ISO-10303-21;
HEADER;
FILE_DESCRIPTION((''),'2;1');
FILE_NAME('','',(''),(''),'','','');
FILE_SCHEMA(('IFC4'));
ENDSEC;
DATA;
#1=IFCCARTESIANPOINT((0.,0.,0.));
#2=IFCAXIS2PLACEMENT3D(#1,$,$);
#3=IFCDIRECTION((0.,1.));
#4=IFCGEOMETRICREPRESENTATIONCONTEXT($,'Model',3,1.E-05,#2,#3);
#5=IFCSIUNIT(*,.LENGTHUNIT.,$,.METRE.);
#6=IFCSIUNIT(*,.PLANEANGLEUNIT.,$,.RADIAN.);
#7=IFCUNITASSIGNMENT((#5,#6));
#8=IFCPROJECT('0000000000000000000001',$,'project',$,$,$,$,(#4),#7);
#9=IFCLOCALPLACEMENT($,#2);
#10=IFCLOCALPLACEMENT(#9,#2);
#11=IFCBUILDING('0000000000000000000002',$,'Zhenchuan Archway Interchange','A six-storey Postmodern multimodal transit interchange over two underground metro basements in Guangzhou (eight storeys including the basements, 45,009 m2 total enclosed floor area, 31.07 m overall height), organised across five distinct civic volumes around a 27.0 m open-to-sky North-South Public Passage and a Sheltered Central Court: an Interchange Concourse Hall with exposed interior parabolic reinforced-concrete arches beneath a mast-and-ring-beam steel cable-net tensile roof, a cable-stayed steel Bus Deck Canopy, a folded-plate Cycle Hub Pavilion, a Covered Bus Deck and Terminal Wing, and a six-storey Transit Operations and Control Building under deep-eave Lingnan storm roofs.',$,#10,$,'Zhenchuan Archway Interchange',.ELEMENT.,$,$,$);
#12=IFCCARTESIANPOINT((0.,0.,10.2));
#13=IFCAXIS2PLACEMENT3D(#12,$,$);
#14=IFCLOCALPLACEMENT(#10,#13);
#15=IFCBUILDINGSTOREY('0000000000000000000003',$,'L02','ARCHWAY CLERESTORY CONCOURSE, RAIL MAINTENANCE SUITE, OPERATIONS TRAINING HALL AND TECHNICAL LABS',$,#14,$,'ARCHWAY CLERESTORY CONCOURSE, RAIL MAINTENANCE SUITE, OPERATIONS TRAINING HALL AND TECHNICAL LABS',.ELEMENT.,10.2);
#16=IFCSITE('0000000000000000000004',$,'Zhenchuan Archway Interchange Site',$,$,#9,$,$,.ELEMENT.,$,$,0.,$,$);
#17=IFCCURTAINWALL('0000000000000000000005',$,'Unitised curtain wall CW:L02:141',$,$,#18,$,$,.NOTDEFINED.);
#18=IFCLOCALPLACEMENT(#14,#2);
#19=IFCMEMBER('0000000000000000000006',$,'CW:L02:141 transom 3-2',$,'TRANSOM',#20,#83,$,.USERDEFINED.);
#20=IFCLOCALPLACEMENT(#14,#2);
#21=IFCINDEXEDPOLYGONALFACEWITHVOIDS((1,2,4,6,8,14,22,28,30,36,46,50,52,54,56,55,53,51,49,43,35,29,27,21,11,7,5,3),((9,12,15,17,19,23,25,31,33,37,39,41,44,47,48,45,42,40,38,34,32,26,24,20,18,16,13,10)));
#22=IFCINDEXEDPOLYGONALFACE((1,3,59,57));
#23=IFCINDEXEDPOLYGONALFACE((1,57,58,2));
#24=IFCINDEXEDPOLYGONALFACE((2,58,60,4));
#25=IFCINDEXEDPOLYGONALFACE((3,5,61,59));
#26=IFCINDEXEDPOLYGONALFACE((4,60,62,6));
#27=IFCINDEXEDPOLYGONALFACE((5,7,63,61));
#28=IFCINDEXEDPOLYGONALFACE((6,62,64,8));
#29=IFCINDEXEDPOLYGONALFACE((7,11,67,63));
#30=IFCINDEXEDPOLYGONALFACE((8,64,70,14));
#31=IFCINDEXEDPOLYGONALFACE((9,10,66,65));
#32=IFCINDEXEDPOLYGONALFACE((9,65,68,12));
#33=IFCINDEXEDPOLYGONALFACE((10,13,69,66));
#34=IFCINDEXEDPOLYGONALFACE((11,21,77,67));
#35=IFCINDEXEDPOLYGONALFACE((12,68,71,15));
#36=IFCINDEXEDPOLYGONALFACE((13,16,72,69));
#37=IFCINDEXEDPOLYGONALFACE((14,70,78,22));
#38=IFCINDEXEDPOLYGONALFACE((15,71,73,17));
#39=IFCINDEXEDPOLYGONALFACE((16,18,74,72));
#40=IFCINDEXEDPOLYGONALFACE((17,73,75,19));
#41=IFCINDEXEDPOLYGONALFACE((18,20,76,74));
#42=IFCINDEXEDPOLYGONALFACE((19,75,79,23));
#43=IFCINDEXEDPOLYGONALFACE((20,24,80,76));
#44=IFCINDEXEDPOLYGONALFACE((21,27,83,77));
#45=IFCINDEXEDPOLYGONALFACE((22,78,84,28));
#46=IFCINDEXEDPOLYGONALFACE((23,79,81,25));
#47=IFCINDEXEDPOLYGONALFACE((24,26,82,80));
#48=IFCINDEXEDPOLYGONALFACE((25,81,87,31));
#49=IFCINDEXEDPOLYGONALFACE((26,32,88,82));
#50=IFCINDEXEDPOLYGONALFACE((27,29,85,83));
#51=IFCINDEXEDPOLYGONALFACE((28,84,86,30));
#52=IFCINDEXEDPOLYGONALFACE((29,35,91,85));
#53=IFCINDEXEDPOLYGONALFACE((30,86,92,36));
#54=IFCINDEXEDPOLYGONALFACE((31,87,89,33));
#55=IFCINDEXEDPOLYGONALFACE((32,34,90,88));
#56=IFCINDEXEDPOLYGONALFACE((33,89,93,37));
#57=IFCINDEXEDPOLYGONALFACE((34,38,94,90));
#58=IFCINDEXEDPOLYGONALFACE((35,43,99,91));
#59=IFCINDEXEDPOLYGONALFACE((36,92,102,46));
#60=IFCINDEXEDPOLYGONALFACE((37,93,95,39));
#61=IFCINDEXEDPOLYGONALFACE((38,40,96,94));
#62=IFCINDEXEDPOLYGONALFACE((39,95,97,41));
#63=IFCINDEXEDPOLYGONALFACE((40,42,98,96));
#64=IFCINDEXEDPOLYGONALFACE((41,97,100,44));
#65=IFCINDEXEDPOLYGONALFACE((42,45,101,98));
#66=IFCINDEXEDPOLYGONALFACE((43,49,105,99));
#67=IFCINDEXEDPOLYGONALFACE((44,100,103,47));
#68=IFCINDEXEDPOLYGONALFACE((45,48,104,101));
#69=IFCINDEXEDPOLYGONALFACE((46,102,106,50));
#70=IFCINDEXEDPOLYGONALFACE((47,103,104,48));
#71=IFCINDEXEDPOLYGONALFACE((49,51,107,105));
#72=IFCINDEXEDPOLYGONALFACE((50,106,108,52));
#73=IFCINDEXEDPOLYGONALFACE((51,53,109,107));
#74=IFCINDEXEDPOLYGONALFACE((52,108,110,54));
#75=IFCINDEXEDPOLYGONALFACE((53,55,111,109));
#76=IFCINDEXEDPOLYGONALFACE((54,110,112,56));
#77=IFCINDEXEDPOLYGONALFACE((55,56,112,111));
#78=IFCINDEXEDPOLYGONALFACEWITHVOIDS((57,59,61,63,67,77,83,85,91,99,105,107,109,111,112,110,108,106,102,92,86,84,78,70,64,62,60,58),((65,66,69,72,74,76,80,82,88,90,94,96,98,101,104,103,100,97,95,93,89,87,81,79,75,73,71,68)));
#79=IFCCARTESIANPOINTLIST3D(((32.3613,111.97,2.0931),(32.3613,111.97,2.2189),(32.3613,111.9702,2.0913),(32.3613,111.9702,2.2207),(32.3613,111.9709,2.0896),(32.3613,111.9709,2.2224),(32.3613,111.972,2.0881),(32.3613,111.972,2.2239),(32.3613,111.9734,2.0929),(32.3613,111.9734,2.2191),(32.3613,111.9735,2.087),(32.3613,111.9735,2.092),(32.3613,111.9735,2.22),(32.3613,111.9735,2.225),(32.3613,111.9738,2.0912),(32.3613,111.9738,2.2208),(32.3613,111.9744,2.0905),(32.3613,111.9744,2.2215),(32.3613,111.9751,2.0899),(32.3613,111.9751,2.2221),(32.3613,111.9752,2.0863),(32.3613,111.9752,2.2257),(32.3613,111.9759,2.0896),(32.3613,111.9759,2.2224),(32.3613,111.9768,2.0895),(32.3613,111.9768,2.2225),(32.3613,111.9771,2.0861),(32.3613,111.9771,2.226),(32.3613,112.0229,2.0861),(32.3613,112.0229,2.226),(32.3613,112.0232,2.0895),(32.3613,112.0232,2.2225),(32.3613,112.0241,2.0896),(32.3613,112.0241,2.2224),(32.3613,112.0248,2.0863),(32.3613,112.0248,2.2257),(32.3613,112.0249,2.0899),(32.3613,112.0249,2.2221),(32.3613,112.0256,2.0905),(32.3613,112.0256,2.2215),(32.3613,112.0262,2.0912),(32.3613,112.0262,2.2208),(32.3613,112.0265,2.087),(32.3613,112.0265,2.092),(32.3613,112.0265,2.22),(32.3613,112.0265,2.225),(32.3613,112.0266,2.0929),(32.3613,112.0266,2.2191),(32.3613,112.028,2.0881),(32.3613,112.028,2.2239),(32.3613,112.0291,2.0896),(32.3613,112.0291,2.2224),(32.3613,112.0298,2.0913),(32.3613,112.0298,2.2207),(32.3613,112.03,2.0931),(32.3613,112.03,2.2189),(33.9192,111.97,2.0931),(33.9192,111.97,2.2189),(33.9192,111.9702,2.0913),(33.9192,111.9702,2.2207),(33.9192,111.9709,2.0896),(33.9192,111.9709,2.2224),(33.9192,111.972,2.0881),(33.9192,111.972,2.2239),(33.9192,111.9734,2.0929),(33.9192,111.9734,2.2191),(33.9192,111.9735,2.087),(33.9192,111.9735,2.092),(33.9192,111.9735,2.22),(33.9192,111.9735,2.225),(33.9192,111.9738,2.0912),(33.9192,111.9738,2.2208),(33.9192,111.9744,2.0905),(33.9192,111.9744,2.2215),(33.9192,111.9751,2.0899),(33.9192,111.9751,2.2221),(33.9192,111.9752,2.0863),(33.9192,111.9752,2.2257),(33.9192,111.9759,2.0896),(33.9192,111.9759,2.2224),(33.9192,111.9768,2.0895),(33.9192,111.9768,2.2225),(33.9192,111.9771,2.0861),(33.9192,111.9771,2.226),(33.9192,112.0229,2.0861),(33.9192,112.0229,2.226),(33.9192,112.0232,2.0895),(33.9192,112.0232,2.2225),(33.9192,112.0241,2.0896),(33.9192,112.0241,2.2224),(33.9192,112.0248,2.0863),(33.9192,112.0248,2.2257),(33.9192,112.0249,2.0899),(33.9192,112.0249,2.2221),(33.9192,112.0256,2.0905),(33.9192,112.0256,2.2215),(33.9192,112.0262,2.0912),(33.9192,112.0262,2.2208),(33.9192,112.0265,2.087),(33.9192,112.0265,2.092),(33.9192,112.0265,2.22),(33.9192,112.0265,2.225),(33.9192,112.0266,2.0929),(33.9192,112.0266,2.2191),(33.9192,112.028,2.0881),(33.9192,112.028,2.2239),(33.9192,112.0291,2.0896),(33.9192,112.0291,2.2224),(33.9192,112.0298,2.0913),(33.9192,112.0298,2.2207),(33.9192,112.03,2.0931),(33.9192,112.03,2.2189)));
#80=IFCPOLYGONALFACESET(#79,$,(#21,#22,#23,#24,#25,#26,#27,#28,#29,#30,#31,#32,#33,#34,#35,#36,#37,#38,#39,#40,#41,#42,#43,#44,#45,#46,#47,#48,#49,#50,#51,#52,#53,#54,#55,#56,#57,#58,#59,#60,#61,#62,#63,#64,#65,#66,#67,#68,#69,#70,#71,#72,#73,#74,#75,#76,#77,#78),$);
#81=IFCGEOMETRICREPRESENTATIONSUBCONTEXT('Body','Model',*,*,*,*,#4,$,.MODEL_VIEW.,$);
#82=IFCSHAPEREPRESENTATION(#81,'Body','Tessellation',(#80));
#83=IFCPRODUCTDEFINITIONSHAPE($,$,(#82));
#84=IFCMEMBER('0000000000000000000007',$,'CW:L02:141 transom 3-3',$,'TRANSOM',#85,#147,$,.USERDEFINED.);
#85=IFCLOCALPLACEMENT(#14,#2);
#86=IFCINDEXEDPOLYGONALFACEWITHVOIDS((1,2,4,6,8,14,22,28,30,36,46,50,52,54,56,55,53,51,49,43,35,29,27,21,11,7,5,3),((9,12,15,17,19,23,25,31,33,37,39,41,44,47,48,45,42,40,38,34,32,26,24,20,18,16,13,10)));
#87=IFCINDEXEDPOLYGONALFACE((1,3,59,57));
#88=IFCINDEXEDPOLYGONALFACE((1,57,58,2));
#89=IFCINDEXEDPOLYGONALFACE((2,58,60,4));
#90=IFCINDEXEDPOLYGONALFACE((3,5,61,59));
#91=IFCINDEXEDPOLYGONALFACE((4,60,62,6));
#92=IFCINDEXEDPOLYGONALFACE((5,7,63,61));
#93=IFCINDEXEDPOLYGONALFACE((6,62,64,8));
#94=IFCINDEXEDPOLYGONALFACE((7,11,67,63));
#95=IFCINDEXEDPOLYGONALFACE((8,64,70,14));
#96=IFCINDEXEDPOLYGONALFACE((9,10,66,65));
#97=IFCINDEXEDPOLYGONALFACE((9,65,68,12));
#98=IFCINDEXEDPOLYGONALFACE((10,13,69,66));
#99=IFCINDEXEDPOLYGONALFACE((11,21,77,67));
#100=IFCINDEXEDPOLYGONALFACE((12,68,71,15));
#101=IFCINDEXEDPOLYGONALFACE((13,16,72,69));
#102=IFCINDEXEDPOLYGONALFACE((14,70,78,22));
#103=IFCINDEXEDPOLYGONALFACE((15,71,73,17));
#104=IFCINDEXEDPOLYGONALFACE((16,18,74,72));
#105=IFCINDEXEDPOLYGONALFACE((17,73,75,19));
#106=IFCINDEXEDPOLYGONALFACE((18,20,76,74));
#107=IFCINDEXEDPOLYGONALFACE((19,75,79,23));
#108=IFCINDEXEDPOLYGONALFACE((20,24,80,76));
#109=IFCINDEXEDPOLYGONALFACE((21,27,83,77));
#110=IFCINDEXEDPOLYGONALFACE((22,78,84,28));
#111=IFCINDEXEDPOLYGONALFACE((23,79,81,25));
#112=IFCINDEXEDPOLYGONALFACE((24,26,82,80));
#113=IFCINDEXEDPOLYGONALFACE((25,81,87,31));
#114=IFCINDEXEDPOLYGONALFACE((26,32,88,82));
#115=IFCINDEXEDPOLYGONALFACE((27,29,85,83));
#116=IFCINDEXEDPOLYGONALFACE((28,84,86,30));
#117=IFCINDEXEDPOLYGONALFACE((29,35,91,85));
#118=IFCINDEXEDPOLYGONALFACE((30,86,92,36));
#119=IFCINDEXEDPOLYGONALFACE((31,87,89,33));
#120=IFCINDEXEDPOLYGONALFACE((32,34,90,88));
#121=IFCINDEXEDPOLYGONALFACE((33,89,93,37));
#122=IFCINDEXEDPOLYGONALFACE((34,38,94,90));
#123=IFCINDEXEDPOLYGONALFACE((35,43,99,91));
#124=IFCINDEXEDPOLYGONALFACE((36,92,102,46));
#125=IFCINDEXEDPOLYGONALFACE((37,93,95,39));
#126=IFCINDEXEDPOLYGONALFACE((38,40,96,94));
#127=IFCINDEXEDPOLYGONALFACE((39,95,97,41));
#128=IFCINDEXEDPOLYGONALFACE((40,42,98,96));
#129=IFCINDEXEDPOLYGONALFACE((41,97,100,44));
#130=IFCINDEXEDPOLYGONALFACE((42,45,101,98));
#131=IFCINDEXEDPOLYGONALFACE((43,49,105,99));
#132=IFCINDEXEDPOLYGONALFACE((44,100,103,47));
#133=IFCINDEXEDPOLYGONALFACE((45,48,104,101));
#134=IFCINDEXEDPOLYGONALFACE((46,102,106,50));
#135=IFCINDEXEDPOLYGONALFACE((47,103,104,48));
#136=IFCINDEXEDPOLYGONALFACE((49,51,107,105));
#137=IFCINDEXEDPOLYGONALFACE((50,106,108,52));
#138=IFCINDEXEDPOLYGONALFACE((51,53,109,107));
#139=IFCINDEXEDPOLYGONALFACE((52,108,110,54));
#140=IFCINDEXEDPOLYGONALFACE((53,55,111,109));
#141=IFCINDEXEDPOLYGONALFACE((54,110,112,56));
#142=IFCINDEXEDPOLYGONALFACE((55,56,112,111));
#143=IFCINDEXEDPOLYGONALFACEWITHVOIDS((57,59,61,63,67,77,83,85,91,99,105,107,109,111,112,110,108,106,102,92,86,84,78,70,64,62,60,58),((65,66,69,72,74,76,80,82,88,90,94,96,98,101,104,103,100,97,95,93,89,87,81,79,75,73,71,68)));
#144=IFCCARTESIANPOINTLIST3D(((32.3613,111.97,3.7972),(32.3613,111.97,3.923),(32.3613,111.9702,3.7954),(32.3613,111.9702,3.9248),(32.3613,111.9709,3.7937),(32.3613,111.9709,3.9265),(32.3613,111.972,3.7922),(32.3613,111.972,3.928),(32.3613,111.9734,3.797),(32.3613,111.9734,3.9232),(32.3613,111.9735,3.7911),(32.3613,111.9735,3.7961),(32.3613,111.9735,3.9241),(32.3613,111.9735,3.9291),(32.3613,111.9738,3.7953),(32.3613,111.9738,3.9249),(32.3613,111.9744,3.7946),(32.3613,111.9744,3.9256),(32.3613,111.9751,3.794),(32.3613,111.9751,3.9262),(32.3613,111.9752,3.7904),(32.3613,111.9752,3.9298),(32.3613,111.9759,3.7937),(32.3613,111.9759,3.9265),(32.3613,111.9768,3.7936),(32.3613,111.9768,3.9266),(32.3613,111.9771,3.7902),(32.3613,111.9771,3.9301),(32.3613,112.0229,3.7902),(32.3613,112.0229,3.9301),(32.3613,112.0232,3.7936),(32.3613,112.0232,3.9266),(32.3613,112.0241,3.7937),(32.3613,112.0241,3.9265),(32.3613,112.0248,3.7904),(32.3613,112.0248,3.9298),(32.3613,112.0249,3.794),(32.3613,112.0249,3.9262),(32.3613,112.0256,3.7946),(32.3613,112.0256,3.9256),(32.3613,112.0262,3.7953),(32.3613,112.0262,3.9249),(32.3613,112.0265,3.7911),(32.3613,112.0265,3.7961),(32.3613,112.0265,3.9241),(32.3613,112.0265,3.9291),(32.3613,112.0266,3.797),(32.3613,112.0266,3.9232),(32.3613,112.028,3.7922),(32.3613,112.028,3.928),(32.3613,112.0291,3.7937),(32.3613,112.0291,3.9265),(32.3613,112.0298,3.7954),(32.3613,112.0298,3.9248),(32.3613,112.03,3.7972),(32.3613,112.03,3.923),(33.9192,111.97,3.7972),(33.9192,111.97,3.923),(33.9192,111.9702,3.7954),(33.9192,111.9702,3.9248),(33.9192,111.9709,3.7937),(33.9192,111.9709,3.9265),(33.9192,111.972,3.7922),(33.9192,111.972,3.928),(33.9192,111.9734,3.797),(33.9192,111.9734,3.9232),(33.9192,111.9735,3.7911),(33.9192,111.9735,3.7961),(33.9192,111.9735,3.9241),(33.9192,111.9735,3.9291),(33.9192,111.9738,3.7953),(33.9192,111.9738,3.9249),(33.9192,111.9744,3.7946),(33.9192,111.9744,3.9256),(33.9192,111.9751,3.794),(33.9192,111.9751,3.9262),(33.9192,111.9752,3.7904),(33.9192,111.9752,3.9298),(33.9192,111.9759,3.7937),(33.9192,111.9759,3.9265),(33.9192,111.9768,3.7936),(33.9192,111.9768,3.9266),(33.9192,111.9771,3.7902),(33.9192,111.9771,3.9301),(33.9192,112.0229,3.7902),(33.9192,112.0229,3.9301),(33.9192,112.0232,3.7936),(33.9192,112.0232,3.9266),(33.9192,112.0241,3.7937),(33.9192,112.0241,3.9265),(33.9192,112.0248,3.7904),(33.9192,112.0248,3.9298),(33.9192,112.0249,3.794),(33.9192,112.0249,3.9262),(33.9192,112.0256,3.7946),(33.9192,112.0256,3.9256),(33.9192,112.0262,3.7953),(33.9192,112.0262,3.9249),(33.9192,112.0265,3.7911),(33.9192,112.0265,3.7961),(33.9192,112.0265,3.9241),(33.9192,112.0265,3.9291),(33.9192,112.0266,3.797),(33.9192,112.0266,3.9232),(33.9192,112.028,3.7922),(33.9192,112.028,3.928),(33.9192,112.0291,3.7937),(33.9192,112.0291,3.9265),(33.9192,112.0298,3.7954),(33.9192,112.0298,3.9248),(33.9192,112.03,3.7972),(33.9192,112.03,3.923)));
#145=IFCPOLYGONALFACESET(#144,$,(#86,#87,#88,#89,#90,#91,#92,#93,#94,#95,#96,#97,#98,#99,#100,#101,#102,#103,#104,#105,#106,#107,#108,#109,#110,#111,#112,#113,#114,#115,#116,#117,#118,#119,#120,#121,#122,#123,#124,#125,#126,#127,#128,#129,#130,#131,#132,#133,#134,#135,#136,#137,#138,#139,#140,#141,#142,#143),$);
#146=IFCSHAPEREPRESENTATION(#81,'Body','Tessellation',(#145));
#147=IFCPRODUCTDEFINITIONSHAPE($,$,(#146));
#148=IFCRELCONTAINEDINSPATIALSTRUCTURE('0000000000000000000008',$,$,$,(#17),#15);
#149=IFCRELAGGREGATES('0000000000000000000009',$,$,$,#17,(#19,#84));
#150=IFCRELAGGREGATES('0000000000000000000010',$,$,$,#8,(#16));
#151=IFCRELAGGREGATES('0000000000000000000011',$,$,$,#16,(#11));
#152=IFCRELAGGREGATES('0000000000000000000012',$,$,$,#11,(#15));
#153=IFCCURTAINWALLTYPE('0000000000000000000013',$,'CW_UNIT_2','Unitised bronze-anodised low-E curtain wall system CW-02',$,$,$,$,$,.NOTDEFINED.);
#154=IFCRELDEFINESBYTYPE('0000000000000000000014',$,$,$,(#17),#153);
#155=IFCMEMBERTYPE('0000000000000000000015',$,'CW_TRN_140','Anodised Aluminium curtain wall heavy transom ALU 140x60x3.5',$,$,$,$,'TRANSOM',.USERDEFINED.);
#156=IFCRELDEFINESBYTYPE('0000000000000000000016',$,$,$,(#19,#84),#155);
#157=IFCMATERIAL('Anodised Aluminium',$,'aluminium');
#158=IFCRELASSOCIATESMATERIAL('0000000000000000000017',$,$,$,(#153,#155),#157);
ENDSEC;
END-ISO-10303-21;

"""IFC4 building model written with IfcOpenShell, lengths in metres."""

from ifc_helpers import new_model, si_unit, direction, frame, origin, origin_2d, place, context, subcontext, project, spatial, hollow_rectangle, extrude, material, material_profile, profile_set, type_object, element, aggregate, save


model = new_model("IFC4")

# Units and contexts
model_context = context("Model", 3, precision=1e-05, world=origin(), true_north=direction((0.0, 1.0)))
body_context = subcontext(model_context, "Body", "Model", "MODEL_VIEW")
ifc_project = project(units=[si_unit("LENGTHUNIT", "METRE"), si_unit("PLANEANGLEUNIT", "RADIAN")], contexts=[model_context])

# Site, building, storey
site_placement = place(None, origin())
site = spatial("IfcSite", under=ifc_project, at=site_placement, Name="Zhenchuan Archway Interchange Site", CompositionType="ELEMENT", RefElevation=0.0)
building_placement = place(site_placement, origin())
building = spatial("IfcBuilding", under=site, at=building_placement, Name="Zhenchuan Archway Interchange", Description="A six-storey Postmodern multimodal transit interchange over two underground metro basements in Guangzhou (eight storeys including the basements, 45,009 m2 total enclosed floor area, 31.07 m overall height), organised across five distinct civic volumes around a 27.0 m open-to-sky North-South Public Passage and a Sheltered Central Court: an Interchange Concourse Hall with exposed interior parabolic reinforced-concrete arches beneath a mast-and-ring-beam steel cable-net tensile roof, a cable-stayed steel Bus Deck Canopy, a folded-plate Cycle Hub Pavilion, a Covered Bus Deck and Terminal Wing, and a six-storey Transit Operations and Control Building under deep-eave Lingnan storm roofs.", LongName="Zhenchuan Archway Interchange", CompositionType="ELEMENT")
storey_placement = place(building_placement, frame((0.0, 0.0, 10.2)))
storey = spatial("IfcBuildingStorey", under=building, at=storey_placement, Name="L02", Description="ARCHWAY CLERESTORY CONCOURSE, RAIL MAINTENANCE SUITE, OPERATIONS TRAINING HALL AND TECHNICAL LABS", LongName="ARCHWAY CLERESTORY CONCOURSE, RAIL MAINTENANCE SUITE, OPERATIONS TRAINING HALL AND TECHNICAL LABS", CompositionType="ELEMENT", Elevation=10.2)

# Curtain wall, members
ifc_material_1 = material(Name="Anodised Aluminium", Category="aluminium")
curtain_wall_type = type_object("IfcCurtainWallType", Name="CW_UNIT_2", Description="Unitised bronze-anodised low-E curtain wall system CW-02", PredefinedType="NOTDEFINED", material=ifc_material_1)
curtain_wall_placement = place(storey_placement, origin())
curtain_wall = element("IfcCurtainWall", 1, at=curtain_wall_placement, inside=storey, type_object=curtain_wall_type, Name="Unitised curtain wall CW:L02:141", PredefinedType="NOTDEFINED")
ifc_material_profile_1 = material_profile(ifc_material_1, hollow_rectangle(XDim=0.0601, YDim=0.1399, WallThickness=0.0034, InnerFilletRadius=0.0034, OuterFilletRadius=0.0071, at=origin_2d()), Name="ALU 140x60x3.5")
ifc_profile_set_1 = profile_set([ifc_material_profile_1], Name="Anodised Aluminium")
member_type_1 = type_object("IfcMemberType", Name="CW_TRN_140", Description="Anodised Aluminium curtain wall heavy transom ALU 140x60x3.5", ElementType="TRANSOM", PredefinedType="USERDEFINED", material=ifc_profile_set_1)
member_1_placement = place(storey_placement, frame((32.3613, 112.0, 2.156), z_axis=(1.0, 0.0, 0.0), x_axis=(0.0, 1.0, 0.0)))
member_1 = element("IfcMember", 2, at=member_1_placement, type_object=member_type_1, Name="CW:L02:141 transom 3-2", ObjectType="TRANSOM", PredefinedType="USERDEFINED", context=body_context, shape_type="SweptSolid", body=[
    extrude(hollow_rectangle(XDim=0.0601, YDim=0.1399, WallThickness=0.0034, InnerFilletRadius=0.0034, OuterFilletRadius=0.0071, at=origin_2d()), origin(), (0.0, 0.0, 1.0), 1.5579),
])
member_2_placement = place(storey_placement, frame((32.3613, 112.0, 3.8601), z_axis=(1.0, 0.0, 0.0), x_axis=(0.0, 1.0, 0.0)))
member_2 = element("IfcMember", 3, at=member_2_placement, type_object=member_type_1, Name="CW:L02:141 transom 3-3", ObjectType="TRANSOM", PredefinedType="USERDEFINED", context=body_context, shape_type="SweptSolid", body=[
    extrude(hollow_rectangle(XDim=0.0601, YDim=0.1399, WallThickness=0.0034, InnerFilletRadius=0.0034, OuterFilletRadius=0.0071, at=origin_2d()), origin(), (0.0, 0.0, 1.0), 1.5579),
])

aggregate(curtain_wall, [member_1, member_2])

save(model, "model.ifc")
